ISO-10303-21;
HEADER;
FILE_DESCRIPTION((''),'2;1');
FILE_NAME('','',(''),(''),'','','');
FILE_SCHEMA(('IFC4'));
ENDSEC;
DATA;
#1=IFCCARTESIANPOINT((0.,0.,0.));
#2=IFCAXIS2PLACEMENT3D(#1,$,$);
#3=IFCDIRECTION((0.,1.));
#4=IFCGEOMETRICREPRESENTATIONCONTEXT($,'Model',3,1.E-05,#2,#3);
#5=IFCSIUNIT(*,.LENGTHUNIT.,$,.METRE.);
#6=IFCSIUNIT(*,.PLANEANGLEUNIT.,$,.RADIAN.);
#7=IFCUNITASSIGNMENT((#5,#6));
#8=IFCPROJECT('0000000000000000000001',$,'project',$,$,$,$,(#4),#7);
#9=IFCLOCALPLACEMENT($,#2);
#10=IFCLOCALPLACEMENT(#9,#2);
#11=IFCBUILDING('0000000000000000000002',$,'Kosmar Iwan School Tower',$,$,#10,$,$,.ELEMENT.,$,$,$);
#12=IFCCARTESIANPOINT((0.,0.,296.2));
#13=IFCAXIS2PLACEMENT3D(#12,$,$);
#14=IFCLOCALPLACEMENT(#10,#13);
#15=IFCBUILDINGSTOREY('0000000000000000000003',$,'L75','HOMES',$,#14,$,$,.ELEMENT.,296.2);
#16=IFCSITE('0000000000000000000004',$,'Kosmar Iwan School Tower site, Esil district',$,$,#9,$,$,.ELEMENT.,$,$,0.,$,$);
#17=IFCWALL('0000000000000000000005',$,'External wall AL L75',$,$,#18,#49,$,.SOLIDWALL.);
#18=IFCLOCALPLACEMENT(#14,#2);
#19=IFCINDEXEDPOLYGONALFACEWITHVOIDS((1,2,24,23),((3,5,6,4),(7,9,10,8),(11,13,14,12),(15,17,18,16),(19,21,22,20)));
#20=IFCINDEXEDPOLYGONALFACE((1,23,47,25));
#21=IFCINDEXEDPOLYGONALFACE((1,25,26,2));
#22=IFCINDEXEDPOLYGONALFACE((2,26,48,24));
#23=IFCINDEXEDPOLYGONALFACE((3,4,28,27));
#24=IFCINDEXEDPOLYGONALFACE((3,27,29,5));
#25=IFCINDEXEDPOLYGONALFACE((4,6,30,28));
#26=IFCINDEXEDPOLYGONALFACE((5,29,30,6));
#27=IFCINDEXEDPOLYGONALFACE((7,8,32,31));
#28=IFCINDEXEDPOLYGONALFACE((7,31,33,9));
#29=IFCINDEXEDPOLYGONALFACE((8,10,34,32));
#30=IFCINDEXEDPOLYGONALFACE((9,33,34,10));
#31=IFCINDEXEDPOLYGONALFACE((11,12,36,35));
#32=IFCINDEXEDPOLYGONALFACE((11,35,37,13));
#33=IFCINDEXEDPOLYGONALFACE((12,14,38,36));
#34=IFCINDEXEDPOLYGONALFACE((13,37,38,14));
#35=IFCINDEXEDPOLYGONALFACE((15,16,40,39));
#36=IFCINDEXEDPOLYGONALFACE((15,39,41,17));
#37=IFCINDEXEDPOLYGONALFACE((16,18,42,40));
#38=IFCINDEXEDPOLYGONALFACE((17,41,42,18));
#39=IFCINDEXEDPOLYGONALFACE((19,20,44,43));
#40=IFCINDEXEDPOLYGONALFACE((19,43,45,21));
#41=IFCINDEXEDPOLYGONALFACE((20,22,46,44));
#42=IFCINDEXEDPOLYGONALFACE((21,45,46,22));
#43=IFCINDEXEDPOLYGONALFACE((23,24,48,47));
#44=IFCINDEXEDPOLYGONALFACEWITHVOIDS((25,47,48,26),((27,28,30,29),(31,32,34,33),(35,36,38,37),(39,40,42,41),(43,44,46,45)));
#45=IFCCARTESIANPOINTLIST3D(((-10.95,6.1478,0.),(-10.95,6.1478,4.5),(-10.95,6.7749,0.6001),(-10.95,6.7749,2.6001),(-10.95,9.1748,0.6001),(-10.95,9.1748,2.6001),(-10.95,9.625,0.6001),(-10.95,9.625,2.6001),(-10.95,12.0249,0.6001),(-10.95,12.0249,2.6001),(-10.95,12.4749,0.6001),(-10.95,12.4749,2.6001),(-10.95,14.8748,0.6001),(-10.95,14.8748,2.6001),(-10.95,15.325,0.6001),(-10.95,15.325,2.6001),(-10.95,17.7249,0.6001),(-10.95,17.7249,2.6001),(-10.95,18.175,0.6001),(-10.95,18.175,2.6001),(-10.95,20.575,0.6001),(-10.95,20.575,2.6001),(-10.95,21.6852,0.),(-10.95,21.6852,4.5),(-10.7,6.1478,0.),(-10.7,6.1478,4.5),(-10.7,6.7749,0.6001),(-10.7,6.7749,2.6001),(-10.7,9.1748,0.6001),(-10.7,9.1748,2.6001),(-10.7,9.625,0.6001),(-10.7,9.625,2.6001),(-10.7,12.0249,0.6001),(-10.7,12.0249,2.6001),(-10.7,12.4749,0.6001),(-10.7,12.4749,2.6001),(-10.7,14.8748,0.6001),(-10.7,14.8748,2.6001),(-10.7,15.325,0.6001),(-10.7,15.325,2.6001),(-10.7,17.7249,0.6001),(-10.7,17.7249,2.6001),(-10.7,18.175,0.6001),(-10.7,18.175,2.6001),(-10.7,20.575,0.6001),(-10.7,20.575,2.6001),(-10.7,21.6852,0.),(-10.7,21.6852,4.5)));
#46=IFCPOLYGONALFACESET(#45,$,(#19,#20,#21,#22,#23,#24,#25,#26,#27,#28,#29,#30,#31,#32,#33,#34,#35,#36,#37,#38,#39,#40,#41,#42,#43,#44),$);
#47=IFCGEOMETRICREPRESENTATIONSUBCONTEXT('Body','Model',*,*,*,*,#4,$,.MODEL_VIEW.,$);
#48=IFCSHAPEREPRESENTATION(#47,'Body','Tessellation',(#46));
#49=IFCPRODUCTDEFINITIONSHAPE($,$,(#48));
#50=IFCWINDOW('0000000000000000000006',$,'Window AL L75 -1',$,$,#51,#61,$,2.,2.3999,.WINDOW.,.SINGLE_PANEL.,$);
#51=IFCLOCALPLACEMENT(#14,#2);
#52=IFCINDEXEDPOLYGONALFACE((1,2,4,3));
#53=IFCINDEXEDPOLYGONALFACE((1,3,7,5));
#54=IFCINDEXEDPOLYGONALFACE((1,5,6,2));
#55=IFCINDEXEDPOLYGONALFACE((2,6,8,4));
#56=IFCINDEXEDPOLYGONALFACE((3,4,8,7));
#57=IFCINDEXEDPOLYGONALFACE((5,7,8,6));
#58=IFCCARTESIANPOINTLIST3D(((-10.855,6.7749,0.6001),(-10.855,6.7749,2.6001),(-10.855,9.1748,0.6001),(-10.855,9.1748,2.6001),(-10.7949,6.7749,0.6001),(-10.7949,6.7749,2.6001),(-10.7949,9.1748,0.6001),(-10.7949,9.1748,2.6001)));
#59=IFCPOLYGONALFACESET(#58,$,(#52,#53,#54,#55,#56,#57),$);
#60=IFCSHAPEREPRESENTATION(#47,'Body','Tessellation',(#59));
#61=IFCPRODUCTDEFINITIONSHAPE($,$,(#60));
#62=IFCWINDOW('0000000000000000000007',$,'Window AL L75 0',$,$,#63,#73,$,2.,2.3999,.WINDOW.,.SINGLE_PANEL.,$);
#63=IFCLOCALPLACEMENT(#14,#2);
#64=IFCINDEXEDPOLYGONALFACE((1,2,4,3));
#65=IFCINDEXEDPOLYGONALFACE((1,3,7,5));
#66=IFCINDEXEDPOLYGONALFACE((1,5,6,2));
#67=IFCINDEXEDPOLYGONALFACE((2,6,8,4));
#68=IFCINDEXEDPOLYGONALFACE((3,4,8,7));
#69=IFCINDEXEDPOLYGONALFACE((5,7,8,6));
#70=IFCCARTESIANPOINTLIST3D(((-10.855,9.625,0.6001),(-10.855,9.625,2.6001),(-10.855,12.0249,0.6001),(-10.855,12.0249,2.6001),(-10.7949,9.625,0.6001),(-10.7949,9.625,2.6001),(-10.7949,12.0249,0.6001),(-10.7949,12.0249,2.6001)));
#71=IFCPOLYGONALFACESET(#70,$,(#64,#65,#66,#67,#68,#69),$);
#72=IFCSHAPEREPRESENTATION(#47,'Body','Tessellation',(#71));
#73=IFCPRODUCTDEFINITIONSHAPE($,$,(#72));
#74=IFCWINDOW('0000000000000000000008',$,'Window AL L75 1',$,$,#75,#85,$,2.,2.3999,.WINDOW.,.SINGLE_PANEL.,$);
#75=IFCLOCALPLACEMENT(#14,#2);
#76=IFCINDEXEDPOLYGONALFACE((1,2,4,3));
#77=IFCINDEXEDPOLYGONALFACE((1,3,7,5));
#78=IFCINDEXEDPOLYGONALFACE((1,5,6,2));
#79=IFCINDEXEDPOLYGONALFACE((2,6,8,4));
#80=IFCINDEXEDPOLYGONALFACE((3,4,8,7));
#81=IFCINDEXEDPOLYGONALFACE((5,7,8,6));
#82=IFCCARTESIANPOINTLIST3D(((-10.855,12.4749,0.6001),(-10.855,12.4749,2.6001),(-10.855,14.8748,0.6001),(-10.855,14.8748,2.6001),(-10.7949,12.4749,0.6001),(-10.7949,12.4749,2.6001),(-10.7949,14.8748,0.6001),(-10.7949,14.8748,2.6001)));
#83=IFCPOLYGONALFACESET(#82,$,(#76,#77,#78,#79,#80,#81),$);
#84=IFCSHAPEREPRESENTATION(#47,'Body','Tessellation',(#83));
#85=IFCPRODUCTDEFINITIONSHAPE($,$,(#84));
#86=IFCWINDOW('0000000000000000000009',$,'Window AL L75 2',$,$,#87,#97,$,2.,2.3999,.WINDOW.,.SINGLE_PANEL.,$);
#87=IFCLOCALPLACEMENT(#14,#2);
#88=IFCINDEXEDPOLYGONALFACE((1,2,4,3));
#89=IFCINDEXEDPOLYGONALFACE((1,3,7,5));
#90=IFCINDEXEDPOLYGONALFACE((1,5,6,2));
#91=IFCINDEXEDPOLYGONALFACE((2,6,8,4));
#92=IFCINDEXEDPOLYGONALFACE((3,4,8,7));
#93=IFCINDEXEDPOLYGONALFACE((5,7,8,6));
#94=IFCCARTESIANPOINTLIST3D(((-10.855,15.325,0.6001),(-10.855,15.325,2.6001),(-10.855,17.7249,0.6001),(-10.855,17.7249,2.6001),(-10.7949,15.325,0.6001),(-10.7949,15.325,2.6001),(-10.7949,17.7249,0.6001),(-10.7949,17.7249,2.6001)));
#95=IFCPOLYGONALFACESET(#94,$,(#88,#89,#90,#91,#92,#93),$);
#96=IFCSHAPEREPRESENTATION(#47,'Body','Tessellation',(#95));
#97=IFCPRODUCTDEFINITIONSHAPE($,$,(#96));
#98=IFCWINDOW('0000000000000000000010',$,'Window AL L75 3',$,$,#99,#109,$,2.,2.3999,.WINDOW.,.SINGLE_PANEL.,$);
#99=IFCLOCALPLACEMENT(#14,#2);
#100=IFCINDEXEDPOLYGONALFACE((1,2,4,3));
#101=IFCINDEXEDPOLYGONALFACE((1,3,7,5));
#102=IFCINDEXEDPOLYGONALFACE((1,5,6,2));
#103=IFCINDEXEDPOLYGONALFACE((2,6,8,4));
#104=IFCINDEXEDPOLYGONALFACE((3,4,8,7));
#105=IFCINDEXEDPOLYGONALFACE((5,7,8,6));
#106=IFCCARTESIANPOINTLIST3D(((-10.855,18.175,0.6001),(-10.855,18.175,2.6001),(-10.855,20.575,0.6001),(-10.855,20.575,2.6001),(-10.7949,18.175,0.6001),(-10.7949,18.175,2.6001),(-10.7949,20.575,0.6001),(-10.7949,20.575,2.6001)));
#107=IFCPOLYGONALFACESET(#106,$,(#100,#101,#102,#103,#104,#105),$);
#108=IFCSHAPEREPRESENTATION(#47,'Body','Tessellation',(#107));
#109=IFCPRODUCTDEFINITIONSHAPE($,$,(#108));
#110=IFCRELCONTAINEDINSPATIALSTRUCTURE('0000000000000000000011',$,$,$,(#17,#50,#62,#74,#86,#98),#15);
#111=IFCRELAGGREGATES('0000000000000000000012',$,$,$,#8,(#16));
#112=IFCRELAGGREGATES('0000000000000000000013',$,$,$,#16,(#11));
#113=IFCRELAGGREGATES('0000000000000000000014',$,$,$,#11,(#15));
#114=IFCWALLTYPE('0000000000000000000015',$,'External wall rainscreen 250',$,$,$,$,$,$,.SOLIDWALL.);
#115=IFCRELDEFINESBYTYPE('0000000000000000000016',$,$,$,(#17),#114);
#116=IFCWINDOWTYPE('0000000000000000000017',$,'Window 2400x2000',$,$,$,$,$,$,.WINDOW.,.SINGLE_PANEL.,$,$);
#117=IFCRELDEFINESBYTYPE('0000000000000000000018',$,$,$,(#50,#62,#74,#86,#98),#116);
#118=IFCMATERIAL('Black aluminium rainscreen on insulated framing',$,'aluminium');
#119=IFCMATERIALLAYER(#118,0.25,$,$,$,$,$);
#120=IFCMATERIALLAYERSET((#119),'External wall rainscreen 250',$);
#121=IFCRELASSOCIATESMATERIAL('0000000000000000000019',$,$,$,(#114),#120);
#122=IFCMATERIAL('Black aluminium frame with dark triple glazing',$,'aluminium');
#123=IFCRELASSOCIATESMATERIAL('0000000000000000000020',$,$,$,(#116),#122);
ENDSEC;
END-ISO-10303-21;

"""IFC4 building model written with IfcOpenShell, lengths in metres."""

from ifc_helpers import new_model, si_unit, direction, frame, frame_2d, origin, place, context, subcontext, project, spatial, rectangle, extrude, material, layer, layer_set, type_object, element, fill, save


model = new_model("IFC4")

# Units and contexts
model_context = context("Model", 3, precision=1e-05, world=origin(), true_north=direction((0.0, 1.0)))
body_context = subcontext(model_context, "Body", "Model", "MODEL_VIEW")
ifc_project = project(units=[si_unit("LENGTHUNIT", "METRE"), si_unit("PLANEANGLEUNIT", "RADIAN")], contexts=[model_context])

# Site, building, storey
site_placement = place(None, origin())
site = spatial("IfcSite", under=ifc_project, at=site_placement, Name="Kosmar Iwan School Tower site, Esil district", CompositionType="ELEMENT", RefElevation=0.0)
building_placement = place(site_placement, origin())
building = spatial("IfcBuilding", under=site, at=building_placement, Name="Kosmar Iwan School Tower", CompositionType="ELEMENT")
storey_placement = place(building_placement, frame((0.0, 0.0, 296.2)))
storey = spatial("IfcBuildingStorey", under=building, at=storey_placement, Name="L75", Description="HOMES", CompositionType="ELEMENT", Elevation=296.2)

# Wall, openings, windows
ifc_material_1 = material(Name="Black aluminium rainscreen on insulated framing", Category="aluminium")
ifc_layer_1 = layer(ifc_material_1, 0.25)
ifc_layer_set_1 = layer_set([ifc_layer_1], Name="External wall rainscreen 250")
wall_type_1 = type_object("IfcWallType", Name="External wall rainscreen 250", PredefinedType="SOLIDWALL", material=ifc_layer_set_1)
wall_1_placement = place(storey_placement, frame((-10.825, 6.1479, 0.0), z_axis=(0.0, 0.0, 1.0), x_axis=(0.0, 1.0, 0.0)))
wall_1 = element("IfcWall", 1, at=wall_1_placement, inside=storey, type_object=wall_type_1, Name="External wall AL L75", PredefinedType="SOLIDWALL", context=body_context, shape_type="SweptSolid", body=[
    extrude(rectangle(XDim=15.5374, YDim=0.25, at=frame_2d((7.7686, 0.0))), origin(), (0.0, 0.0, 1.0), 4.5),
])
opening_1_placement = place(wall_1_placement, frame((0.627, 0.0, 0.6001)))
opening_1 = element("IfcOpeningElement", 2, at=opening_1_placement, cuts=wall_1, PredefinedType="OPENING", context=body_context, shape_type="SweptSolid", body=[
    extrude(rectangle(XDim=2.3999, YDim=2.0, at=frame_2d((1.2, 1.0))), frame((0.0, 0.137, 0.0), z_axis=(0.0, -1.0, 0.0), x_axis=(1.0, 0.0, 0.0)), (0.0, 0.0, 1.0), 0.2739),
])
opening_2_placement = place(wall_1_placement, frame((3.4771, 0.0, 0.6001)))
opening_2 = element("IfcOpeningElement", 3, at=opening_2_placement, cuts=wall_1, PredefinedType="OPENING", context=body_context, shape_type="SweptSolid", body=[
    extrude(rectangle(XDim=2.3999, YDim=2.0, at=frame_2d((1.2, 1.0))), frame((0.0, 0.137, 0.0), z_axis=(0.0, -1.0, 0.0), x_axis=(1.0, 0.0, 0.0)), (0.0, 0.0, 1.0), 0.2739),
])
opening_3_placement = place(wall_1_placement, frame((6.3269, 0.0, 0.6001)))
opening_3 = element("IfcOpeningElement", 4, at=opening_3_placement, cuts=wall_1, PredefinedType="OPENING", context=body_context, shape_type="SweptSolid", body=[
    extrude(rectangle(XDim=2.3999, YDim=2.0, at=frame_2d((1.2, 1.0))), frame((0.0, 0.137, 0.0), z_axis=(0.0, -1.0, 0.0), x_axis=(1.0, 0.0, 0.0)), (0.0, 0.0, 1.0), 0.2739),
])
opening_4_placement = place(wall_1_placement, frame((9.177, 0.0, 0.6001)))
opening_4 = element("IfcOpeningElement", 5, at=opening_4_placement, cuts=wall_1, PredefinedType="OPENING", context=body_context, shape_type="SweptSolid", body=[
    extrude(rectangle(XDim=2.3999, YDim=2.0, at=frame_2d((1.2, 1.0))), frame((0.0, 0.137, 0.0), z_axis=(0.0, -1.0, 0.0), x_axis=(1.0, 0.0, 0.0)), (0.0, 0.0, 1.0), 0.2739),
])
opening_5_placement = place(wall_1_placement, frame((12.0271, 0.0, 0.6001)))
opening_5 = element("IfcOpeningElement", 6, at=opening_5_placement, cuts=wall_1, PredefinedType="OPENING", context=body_context, shape_type="SweptSolid", body=[
    extrude(rectangle(XDim=2.3999, YDim=2.0, at=frame_2d((1.2, 1.0))), frame((0.0, 0.137, 0.0), z_axis=(0.0, -1.0, 0.0), x_axis=(1.0, 0.0, 0.0)), (0.0, 0.0, 1.0), 0.2739),
])
ifc_material_2 = material(Name="Black aluminium frame with dark triple glazing", Category="aluminium")
window_type = type_object("IfcWindowType", Name="Window 2400x2000", PartitioningType="SINGLE_PANEL", PredefinedType="WINDOW", material=ifc_material_2)
window_1_placement = place(opening_1_placement, origin())
window_1 = element("IfcWindow", 7, at=window_1_placement, inside=storey, type_object=window_type, Name="Window AL L75 -1", OverallHeight=2.0, OverallWidth=2.3999, PartitioningType="SINGLE_PANEL", PredefinedType="WINDOW", context=body_context, shape_type="SweptSolid", body=[
    extrude(rectangle(XDim=2.3999, YDim=2.0, at=frame_2d((1.2, 1.0))), frame((0.0, 0.03, 0.0), z_axis=(0.0, -1.0, 0.0), x_axis=(1.0, 0.0, 0.0)), (0.0, 0.0, 1.0), 0.0601),
])
fill(opening_1, window_1)
window_2_placement = place(opening_2_placement, origin())
window_2 = element("IfcWindow", 8, at=window_2_placement, inside=storey, type_object=window_type, Name="Window AL L75 0", OverallHeight=2.0, OverallWidth=2.3999, PartitioningType="SINGLE_PANEL", PredefinedType="WINDOW", context=body_context, shape_type="SweptSolid", body=[
    extrude(rectangle(XDim=2.3999, YDim=2.0, at=frame_2d((1.2, 1.0))), frame((0.0, 0.03, 0.0), z_axis=(0.0, -1.0, 0.0), x_axis=(1.0, 0.0, 0.0)), (0.0, 0.0, 1.0), 0.0601),
])
fill(opening_2, window_2)
window_3_placement = place(opening_3_placement, origin())
window_3 = element("IfcWindow", 9, at=window_3_placement, inside=storey, type_object=window_type, Name="Window AL L75 1", OverallHeight=2.0, OverallWidth=2.3999, PartitioningType="SINGLE_PANEL", PredefinedType="WINDOW", context=body_context, shape_type="SweptSolid", body=[
    extrude(rectangle(XDim=2.3999, YDim=2.0, at=frame_2d((1.2, 1.0))), frame((0.0, 0.03, 0.0), z_axis=(0.0, -1.0, 0.0), x_axis=(1.0, 0.0, 0.0)), (0.0, 0.0, 1.0), 0.0601),
])
fill(opening_3, window_3)
window_4_placement = place(opening_4_placement, origin())
window_4 = element("IfcWindow", 10, at=window_4_placement, inside=storey, type_object=window_type, Name="Window AL L75 2", OverallHeight=2.0, OverallWidth=2.3999, PartitioningType="SINGLE_PANEL", PredefinedType="WINDOW", context=body_context, shape_type="SweptSolid", body=[
    extrude(rectangle(XDim=2.3999, YDim=2.0, at=frame_2d((1.2, 1.0))), frame((0.0, 0.03, 0.0), z_axis=(0.0, -1.0, 0.0), x_axis=(1.0, 0.0, 0.0)), (0.0, 0.0, 1.0), 0.0601),
])
fill(opening_4, window_4)
window_5_placement = place(opening_5_placement, origin())
window_5 = element("IfcWindow", 11, at=window_5_placement, inside=storey, type_object=window_type, Name="Window AL L75 3", OverallHeight=2.0, OverallWidth=2.3999, PartitioningType="SINGLE_PANEL", PredefinedType="WINDOW", context=body_context, shape_type="SweptSolid", body=[
    extrude(rectangle(XDim=2.3999, YDim=2.0, at=frame_2d((1.2, 1.0))), frame((0.0, 0.03, 0.0), z_axis=(0.0, -1.0, 0.0), x_axis=(1.0, 0.0, 0.0)), (0.0, 0.0, 1.0), 0.0601),
])
fill(opening_5, window_5)

save(model, "model.ifc")
